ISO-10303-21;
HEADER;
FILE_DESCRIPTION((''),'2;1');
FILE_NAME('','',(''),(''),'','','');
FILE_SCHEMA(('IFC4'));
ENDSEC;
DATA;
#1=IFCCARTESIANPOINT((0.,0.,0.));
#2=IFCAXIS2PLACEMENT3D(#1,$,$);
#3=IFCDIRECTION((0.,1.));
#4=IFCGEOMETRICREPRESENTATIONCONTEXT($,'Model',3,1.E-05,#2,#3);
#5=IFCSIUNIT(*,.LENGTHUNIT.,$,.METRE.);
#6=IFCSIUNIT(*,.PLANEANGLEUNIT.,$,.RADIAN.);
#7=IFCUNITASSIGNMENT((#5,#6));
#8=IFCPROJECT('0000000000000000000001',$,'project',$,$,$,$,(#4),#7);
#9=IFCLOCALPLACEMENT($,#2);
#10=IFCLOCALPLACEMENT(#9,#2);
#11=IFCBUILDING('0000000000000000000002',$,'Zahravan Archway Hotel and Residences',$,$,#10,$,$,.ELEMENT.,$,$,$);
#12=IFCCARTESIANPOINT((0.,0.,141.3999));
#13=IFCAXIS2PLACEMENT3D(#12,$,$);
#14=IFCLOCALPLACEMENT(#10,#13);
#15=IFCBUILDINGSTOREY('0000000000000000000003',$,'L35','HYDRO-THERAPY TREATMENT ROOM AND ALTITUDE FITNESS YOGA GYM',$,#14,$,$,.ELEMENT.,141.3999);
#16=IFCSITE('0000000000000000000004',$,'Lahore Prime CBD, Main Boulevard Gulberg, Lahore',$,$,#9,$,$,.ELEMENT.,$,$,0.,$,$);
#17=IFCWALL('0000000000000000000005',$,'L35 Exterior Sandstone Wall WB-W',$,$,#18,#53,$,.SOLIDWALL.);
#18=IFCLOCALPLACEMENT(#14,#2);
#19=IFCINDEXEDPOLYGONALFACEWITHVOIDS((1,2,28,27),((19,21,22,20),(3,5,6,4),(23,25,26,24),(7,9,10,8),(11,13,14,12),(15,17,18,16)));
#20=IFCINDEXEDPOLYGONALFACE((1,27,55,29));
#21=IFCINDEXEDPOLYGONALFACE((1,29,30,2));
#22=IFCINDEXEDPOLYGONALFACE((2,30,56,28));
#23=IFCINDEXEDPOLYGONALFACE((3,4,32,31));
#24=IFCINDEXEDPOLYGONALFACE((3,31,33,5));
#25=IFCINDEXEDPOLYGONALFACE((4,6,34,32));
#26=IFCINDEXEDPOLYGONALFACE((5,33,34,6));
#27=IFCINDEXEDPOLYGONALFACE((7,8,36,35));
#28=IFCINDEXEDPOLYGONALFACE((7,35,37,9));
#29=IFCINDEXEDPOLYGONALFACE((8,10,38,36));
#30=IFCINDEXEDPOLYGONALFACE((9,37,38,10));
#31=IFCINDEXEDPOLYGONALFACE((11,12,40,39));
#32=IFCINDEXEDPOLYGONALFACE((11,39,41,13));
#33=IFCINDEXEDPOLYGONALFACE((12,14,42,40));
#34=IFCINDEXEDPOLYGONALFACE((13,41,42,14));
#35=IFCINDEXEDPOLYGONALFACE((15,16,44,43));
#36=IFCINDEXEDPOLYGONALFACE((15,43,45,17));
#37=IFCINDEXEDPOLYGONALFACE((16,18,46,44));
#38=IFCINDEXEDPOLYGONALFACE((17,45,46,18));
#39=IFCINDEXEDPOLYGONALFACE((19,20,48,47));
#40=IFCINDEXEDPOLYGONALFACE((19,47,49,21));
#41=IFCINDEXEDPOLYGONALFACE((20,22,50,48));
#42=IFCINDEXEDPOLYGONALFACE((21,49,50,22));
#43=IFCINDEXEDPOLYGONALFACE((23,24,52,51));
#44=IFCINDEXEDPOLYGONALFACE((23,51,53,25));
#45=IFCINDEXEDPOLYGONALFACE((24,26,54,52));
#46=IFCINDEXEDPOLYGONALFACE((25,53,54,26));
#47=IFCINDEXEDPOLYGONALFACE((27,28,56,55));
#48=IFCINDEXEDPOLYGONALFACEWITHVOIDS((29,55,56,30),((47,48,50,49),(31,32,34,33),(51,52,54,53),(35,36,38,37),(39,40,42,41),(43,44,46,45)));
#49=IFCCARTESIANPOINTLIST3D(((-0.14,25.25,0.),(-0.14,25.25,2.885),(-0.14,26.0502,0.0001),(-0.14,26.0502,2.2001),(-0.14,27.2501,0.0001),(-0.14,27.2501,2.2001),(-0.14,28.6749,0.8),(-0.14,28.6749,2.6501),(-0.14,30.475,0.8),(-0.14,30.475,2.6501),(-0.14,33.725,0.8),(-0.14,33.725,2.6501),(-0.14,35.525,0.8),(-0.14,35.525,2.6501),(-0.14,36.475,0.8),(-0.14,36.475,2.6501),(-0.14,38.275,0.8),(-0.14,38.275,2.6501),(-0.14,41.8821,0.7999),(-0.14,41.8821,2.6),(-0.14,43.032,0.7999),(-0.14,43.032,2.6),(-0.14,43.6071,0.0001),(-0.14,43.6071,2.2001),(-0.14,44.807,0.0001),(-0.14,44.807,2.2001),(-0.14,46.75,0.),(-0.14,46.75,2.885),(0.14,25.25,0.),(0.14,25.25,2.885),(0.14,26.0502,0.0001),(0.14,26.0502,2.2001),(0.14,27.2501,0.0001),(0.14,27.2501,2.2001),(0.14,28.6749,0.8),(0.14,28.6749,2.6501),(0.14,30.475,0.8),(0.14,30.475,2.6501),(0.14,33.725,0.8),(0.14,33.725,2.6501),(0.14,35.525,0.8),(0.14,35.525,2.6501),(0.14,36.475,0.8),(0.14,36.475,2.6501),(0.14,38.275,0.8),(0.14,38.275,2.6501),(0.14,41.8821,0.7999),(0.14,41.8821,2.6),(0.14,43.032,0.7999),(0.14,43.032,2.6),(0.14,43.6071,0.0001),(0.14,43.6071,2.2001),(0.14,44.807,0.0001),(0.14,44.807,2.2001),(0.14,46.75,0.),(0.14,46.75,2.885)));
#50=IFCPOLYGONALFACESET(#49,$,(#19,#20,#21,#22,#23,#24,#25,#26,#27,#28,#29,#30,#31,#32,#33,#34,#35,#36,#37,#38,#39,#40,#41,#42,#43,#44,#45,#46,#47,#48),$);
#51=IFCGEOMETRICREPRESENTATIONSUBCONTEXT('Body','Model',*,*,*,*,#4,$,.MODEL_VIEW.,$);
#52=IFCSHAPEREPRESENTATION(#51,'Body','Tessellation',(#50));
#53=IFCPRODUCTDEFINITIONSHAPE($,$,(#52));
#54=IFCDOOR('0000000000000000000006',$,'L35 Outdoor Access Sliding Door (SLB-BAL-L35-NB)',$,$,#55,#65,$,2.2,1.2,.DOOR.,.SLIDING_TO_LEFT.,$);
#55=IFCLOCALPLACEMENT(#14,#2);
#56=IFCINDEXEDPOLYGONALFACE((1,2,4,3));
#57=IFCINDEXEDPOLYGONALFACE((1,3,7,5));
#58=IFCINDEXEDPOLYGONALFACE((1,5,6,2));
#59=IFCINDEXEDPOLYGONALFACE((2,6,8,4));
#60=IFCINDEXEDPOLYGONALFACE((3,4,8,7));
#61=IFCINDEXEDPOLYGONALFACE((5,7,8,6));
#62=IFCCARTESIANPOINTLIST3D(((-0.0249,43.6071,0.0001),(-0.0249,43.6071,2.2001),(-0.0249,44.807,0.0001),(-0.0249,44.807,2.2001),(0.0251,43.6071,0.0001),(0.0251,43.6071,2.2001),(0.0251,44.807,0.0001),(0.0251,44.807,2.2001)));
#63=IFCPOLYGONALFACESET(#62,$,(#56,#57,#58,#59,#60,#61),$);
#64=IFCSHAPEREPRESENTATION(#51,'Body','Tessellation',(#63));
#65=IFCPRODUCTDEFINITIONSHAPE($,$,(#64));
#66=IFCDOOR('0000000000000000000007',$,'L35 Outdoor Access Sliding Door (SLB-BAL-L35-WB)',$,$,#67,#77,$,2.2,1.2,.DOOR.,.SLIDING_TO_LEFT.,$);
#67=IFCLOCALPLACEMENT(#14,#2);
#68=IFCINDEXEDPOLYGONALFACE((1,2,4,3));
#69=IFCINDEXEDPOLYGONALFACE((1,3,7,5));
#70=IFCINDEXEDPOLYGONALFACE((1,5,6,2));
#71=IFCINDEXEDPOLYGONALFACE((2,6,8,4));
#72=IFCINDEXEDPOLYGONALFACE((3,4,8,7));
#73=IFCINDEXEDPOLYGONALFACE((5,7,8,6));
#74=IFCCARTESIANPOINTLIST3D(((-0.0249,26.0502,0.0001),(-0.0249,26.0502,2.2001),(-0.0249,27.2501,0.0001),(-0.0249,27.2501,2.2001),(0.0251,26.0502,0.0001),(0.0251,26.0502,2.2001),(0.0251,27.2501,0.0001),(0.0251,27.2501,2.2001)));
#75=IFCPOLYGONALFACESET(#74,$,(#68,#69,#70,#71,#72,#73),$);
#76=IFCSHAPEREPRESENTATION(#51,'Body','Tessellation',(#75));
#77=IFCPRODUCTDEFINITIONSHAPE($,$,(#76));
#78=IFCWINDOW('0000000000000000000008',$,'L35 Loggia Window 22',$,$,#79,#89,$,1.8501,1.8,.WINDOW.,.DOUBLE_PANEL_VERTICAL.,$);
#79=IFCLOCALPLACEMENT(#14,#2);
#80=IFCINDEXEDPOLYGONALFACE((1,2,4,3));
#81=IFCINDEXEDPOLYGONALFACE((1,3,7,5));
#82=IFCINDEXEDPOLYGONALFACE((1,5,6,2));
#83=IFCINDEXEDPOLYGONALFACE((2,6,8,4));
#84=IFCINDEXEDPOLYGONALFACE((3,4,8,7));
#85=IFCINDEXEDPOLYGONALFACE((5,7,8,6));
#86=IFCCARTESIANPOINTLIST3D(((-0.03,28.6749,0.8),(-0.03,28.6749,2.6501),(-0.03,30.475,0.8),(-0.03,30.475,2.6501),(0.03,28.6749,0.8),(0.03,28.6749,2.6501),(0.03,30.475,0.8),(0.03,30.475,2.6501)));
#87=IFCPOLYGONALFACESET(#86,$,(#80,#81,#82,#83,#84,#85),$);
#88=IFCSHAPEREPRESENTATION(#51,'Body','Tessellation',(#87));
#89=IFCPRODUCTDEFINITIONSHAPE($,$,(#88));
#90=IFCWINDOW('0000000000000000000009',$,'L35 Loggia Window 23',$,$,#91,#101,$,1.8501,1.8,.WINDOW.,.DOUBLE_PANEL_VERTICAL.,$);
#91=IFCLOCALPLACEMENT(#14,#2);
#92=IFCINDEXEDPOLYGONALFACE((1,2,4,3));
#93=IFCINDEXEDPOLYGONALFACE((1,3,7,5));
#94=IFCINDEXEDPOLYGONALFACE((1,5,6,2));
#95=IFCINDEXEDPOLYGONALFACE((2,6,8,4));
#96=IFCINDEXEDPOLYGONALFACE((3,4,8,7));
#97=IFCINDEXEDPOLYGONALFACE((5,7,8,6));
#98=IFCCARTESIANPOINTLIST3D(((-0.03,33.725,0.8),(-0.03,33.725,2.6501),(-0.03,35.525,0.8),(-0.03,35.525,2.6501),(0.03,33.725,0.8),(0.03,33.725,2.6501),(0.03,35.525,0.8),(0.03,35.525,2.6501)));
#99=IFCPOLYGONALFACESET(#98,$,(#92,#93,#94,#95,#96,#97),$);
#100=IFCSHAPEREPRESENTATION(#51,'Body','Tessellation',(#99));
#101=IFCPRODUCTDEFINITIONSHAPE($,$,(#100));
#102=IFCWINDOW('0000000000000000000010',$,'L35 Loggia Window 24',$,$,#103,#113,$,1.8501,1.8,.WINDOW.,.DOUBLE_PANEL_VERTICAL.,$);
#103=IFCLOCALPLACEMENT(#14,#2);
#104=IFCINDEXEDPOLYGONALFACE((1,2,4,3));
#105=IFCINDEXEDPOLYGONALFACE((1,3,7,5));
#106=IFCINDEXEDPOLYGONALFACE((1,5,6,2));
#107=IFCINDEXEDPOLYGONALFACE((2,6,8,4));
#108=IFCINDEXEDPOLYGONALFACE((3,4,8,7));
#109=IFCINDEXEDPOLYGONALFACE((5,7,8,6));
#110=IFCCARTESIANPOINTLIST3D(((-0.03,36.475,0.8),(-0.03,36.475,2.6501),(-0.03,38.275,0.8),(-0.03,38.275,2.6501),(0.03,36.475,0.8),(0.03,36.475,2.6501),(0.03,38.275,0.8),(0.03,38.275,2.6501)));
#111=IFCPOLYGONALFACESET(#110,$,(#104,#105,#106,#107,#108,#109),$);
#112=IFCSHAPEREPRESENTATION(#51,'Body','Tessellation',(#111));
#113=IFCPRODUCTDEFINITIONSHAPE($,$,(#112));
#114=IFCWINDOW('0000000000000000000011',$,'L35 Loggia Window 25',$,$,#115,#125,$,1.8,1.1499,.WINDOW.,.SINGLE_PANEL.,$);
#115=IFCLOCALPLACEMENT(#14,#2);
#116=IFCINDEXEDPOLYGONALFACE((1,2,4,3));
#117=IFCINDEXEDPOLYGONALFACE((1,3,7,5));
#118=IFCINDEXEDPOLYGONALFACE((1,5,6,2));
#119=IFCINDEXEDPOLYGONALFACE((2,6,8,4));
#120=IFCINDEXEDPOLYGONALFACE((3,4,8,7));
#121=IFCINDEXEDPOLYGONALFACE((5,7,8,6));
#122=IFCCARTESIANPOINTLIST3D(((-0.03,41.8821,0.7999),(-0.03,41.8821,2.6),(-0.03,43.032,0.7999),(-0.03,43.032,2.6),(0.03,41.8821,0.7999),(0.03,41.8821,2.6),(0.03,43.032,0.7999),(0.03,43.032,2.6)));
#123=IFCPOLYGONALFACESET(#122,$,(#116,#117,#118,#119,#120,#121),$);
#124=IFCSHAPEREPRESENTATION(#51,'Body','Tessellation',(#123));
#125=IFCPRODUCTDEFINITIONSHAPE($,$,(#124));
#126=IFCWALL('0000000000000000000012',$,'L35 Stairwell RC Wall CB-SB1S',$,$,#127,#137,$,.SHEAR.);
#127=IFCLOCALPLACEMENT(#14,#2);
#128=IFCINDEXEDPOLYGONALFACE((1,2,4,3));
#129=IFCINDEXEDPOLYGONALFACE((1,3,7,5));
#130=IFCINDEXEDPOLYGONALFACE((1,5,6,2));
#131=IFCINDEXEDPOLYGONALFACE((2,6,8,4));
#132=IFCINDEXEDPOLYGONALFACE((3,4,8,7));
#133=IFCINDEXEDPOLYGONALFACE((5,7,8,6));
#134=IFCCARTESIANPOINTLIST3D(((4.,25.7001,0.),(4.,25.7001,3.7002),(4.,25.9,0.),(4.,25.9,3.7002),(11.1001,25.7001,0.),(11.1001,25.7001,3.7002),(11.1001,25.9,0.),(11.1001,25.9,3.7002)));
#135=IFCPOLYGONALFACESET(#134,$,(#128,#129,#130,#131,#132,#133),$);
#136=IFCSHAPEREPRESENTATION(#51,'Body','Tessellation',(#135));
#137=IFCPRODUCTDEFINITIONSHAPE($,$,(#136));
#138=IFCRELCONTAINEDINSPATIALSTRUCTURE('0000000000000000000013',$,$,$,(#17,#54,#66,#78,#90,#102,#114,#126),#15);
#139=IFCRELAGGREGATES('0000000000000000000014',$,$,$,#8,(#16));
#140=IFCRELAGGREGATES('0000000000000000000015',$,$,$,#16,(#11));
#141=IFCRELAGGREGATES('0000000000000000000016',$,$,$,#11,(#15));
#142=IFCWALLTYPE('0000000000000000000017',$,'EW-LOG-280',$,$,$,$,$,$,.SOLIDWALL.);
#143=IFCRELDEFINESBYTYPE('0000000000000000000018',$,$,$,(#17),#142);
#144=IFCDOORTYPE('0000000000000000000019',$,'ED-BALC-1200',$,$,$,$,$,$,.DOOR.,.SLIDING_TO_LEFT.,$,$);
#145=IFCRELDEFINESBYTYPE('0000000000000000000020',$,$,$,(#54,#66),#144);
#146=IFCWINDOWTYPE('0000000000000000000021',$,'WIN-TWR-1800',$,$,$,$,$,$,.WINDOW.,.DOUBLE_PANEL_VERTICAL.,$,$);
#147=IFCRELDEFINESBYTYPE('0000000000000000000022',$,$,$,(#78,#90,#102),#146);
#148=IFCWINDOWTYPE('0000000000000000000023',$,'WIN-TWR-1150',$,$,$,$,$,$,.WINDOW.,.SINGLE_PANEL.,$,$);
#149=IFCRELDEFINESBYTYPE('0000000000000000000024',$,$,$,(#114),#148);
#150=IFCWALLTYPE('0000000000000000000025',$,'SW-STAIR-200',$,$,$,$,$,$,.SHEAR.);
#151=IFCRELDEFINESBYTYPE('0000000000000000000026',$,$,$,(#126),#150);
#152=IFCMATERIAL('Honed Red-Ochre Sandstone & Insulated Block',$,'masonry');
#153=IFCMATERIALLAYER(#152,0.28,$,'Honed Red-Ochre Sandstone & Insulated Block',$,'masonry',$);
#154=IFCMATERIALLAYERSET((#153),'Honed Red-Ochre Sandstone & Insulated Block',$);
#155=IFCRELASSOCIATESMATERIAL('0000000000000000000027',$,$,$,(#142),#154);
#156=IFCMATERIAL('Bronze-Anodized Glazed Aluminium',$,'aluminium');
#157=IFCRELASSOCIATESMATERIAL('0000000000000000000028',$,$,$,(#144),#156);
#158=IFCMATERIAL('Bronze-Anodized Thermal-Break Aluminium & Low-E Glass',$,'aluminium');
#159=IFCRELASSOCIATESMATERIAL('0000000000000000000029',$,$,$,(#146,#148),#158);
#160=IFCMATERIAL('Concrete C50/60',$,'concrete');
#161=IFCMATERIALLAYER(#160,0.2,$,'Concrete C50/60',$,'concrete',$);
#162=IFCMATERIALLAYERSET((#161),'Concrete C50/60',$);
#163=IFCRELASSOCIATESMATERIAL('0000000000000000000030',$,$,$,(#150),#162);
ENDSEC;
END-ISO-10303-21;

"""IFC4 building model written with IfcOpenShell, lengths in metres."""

from ifc_helpers import new_model, si_unit, direction, frame, frame_2d, origin, place, context, subcontext, project, spatial, rectangle, extrude, source, transform, mapped, material, layer, layer_set, type_object, type_shapes, element, fill, save


model = new_model("IFC4")

# Units and contexts
model_context = context("Model", 3, precision=1e-05, world=origin(), true_north=direction((0.0, 1.0)))
body_context = subcontext(model_context, "Body", "Model", "MODEL_VIEW")
ifc_project = project(units=[si_unit("LENGTHUNIT", "METRE"), si_unit("PLANEANGLEUNIT", "RADIAN")], contexts=[model_context])

# Site, building, storey
site_placement = place(None, origin())
site = spatial("IfcSite", under=ifc_project, at=site_placement, Name="Lahore Prime CBD, Main Boulevard Gulberg, Lahore", CompositionType="ELEMENT", RefElevation=0.0)
building_placement = place(site_placement, origin())
building = spatial("IfcBuilding", under=site, at=building_placement, Name="Zahravan Archway Hotel and Residences", CompositionType="ELEMENT")
storey_placement = place(building_placement, frame((0.0, 0.0, 141.3999)))
storey = spatial("IfcBuildingStorey", under=building, at=storey_placement, Name="L35", Description="HYDRO-THERAPY TREATMENT ROOM AND ALTITUDE FITNESS YOGA GYM", CompositionType="ELEMENT", Elevation=141.3999)

# Shared definitions
ifc_material_1 = material(Name="Honed Red-Ochre Sandstone & Insulated Block", Category="masonry")
ifc_layer_1 = layer(ifc_material_1, 0.28, Name="Honed Red-Ochre Sandstone & Insulated Block", Category="masonry")
ifc_layer_set_1 = layer_set([ifc_layer_1], Name="Honed Red-Ochre Sandstone & Insulated Block")
wall_type_1 = type_object("IfcWallType", Name="EW-LOG-280", PredefinedType="SOLIDWALL", material=ifc_layer_set_1)
ifc_material_2 = material(Name="Bronze-Anodized Thermal-Break Aluminium & Low-E Glass", Category="aluminium")

# Wall, openings, doors, windows
wall_1_placement = place(storey_placement, frame((0.0, 25.25, 0.0), z_axis=(0.0, 0.0, 1.0), x_axis=(0.0, 1.0, 0.0)))
wall_1 = element("IfcWall", 1, at=wall_1_placement, inside=storey, type_object=wall_type_1, Name="L35 Exterior Sandstone Wall WB-W", PredefinedType="SOLIDWALL", context=body_context, shape_type="SweptSolid", body=[
    extrude(rectangle(XDim=21.5, YDim=0.28, at=frame_2d((10.75, 0.0))), origin(), (0.0, 0.0, 1.0), 2.885),
])
opening_1_placement = place(wall_1_placement, frame((18.3569, 0.0, 0.0)))
opening_1 = element("IfcOpeningElement", 2, at=opening_1_placement, cuts=wall_1, PredefinedType="OPENING", context=body_context, shape_type="SweptSolid", body=[
    extrude(rectangle(XDim=1.2, YDim=2.2, at=frame_2d((0.6001, 1.1001))), frame((0.0, 0.1499, 0.0), z_axis=(0.0, -1.0, 0.0), x_axis=(1.0, 0.0, 0.0)), (0.0, 0.0, 1.0), 0.3),
])
opening_2_placement = place(wall_1_placement, frame((0.8, 0.0, 0.0)))
opening_2 = element("IfcOpeningElement", 3, at=opening_2_placement, cuts=wall_1, PredefinedType="OPENING", context=body_context, shape_type="SweptSolid", body=[
    extrude(rectangle(XDim=1.2, YDim=2.2, at=frame_2d((0.6001, 1.1001))), frame((0.0, 0.1499, 0.0), z_axis=(0.0, -1.0, 0.0), x_axis=(1.0, 0.0, 0.0)), (0.0, 0.0, 1.0), 0.3),
])
opening_3_placement = place(wall_1_placement, frame((3.425, 0.0, 0.8)))
opening_3 = element("IfcOpeningElement", 4, at=opening_3_placement, cuts=wall_1, PredefinedType="OPENING", context=body_context, shape_type="SweptSolid", body=[
    extrude(rectangle(XDim=1.8, YDim=1.8501, at=frame_2d((0.8999, 0.925))), frame((0.0, 0.1499, 0.0), z_axis=(0.0, -1.0, 0.0), x_axis=(1.0, 0.0, 0.0)), (0.0, 0.0, 1.0), 0.3),
])
opening_4_placement = place(wall_1_placement, frame((8.4751, 0.0, 0.8)))
opening_4 = element("IfcOpeningElement", 5, at=opening_4_placement, cuts=wall_1, PredefinedType="OPENING", context=body_context, shape_type="SweptSolid", body=[
    extrude(rectangle(XDim=1.8, YDim=1.8501, at=frame_2d((0.8999, 0.925))), frame((0.0, 0.1499, 0.0), z_axis=(0.0, -1.0, 0.0), x_axis=(1.0, 0.0, 0.0)), (0.0, 0.0, 1.0), 0.3),
])
opening_5_placement = place(wall_1_placement, frame((11.2251, 0.0, 0.8)))
opening_5 = element("IfcOpeningElement", 6, at=opening_5_placement, cuts=wall_1, PredefinedType="OPENING", context=body_context, shape_type="SweptSolid", body=[
    extrude(rectangle(XDim=1.8, YDim=1.8501, at=frame_2d((0.8999, 0.925))), frame((0.0, 0.1499, 0.0), z_axis=(0.0, -1.0, 0.0), x_axis=(1.0, 0.0, 0.0)), (0.0, 0.0, 1.0), 0.3),
])
opening_6_placement = place(wall_1_placement, frame((16.6321, 0.0, 0.8)))
opening_6 = element("IfcOpeningElement", 7, at=opening_6_placement, cuts=wall_1, PredefinedType="OPENING", context=body_context, shape_type="SweptSolid", body=[
    extrude(rectangle(XDim=1.1499, YDim=1.8, at=frame_2d((0.575, 0.8999))), frame((0.0, 0.1499, 0.0), z_axis=(0.0, -1.0, 0.0), x_axis=(1.0, 0.0, 0.0)), (0.0, 0.0, 1.0), 0.3),
])
ifc_material_3 = material(Name="Bronze-Anodized Glazed Aluminium", Category="aluminium")
door_type_1 = type_object("IfcDoorType", Name="ED-BALC-1200", OperationType="SLIDING_TO_LEFT", PredefinedType="DOOR", material=ifc_material_3)
shared_shape_1 = source(origin(), body_context, "Body", "SweptSolid", [
    extrude(rectangle(XDim=1.2, YDim=2.2, at=frame_2d((0.6001, 1.1001))), frame((0.0, 0.0249, 0.0), z_axis=(0.0, -1.0, 0.0), x_axis=(1.0, 0.0, 0.0)), (0.0, 0.0, 1.0), 0.05),
])
type_shapes(door_type_1, [shared_shape_1])
door_1_placement = place(opening_1_placement, origin())
door_1 = element("IfcDoor", 8, at=door_1_placement, inside=storey, type_object=door_type_1, Name="L35 Outdoor Access Sliding Door (SLB-BAL-L35-NB)", OperationType="SLIDING_TO_LEFT", OverallHeight=2.2, OverallWidth=1.2, PredefinedType="DOOR", context=body_context, shape_type="MappedRepresentation", body=[
    mapped(shared_shape_1, transform((0.0, 0.0, 0.0), scale=1.0)),
])
fill(opening_1, door_1)
door_2_placement = place(opening_2_placement, origin())
door_2 = element("IfcDoor", 9, at=door_2_placement, inside=storey, type_object=door_type_1, Name="L35 Outdoor Access Sliding Door (SLB-BAL-L35-WB)", OperationType="SLIDING_TO_LEFT", OverallHeight=2.2, OverallWidth=1.2, PredefinedType="DOOR", context=body_context, shape_type="MappedRepresentation", body=[
    mapped(shared_shape_1, transform((0.0, 0.0, 0.0), scale=1.0)),
])
fill(opening_2, door_2)
window_type_1 = type_object("IfcWindowType", Name="WIN-TWR-1800", PartitioningType="DOUBLE_PANEL_VERTICAL", PredefinedType="WINDOW", material=ifc_material_2)
shared_shape_2 = source(origin(), body_context, "Body", "SweptSolid", [
    extrude(rectangle(XDim=1.8, YDim=1.8501, at=frame_2d((0.8999, 0.925))), frame((0.0, 0.03, 0.0), z_axis=(0.0, -1.0, 0.0), x_axis=(1.0, 0.0, 0.0)), (0.0, 0.0, 1.0), 0.0601),
])
type_shapes(window_type_1, [shared_shape_2])
window_1_placement = place(opening_3_placement, origin())
window_1 = element("IfcWindow", 10, at=window_1_placement, inside=storey, type_object=window_type_1, Name="L35 Loggia Window 22", OverallHeight=1.8501, OverallWidth=1.8, PartitioningType="DOUBLE_PANEL_VERTICAL", PredefinedType="WINDOW", context=body_context, shape_type="MappedRepresentation", body=[
    mapped(shared_shape_2, transform((0.0, 0.0, 0.0), scale=1.0)),
])
fill(opening_3, window_1)
window_2_placement = place(opening_4_placement, origin())
window_2 = element("IfcWindow", 11, at=window_2_placement, inside=storey, type_object=window_type_1, Name="L35 Loggia Window 23", OverallHeight=1.8501, OverallWidth=1.8, PartitioningType="DOUBLE_PANEL_VERTICAL", PredefinedType="WINDOW", context=body_context, shape_type="MappedRepresentation", body=[
    mapped(shared_shape_2, transform((0.0, 0.0, 0.0), scale=1.0)),
])
fill(opening_4, window_2)
window_3_placement = place(opening_5_placement, origin())
window_3 = element("IfcWindow", 12, at=window_3_placement, inside=storey, type_object=window_type_1, Name="L35 Loggia Window 24", OverallHeight=1.8501, OverallWidth=1.8, PartitioningType="DOUBLE_PANEL_VERTICAL", PredefinedType="WINDOW", context=body_context, shape_type="MappedRepresentation", body=[
    mapped(shared_shape_2, transform((0.0, 0.0, 0.0), scale=1.0)),
])
fill(opening_5, window_3)
window_type_2 = type_object("IfcWindowType", Name="WIN-TWR-1150", PartitioningType="SINGLE_PANEL", PredefinedType="WINDOW", material=ifc_material_2)
shared_shape_3 = source(origin(), body_context, "Body", "SweptSolid", [
    extrude(rectangle(XDim=1.1499, YDim=1.8, at=frame_2d((0.575, 0.8999))), frame((0.0, 0.03, 0.0), z_axis=(0.0, -1.0, 0.0), x_axis=(1.0, 0.0, 0.0)), (0.0, 0.0, 1.0), 0.0601),
])
type_shapes(window_type_2, [shared_shape_3])
window_4_placement = place(opening_6_placement, origin())
window_4 = element("IfcWindow", 13, at=window_4_placement, inside=storey, type_object=window_type_2, Name="L35 Loggia Window 25", OverallHeight=1.8, OverallWidth=1.1499, PartitioningType="SINGLE_PANEL", PredefinedType="WINDOW", context=body_context, shape_type="MappedRepresentation", body=[
    mapped(shared_shape_3, transform((0.0, 0.0, 0.0), scale=1.0)),
])
fill(opening_6, window_4)

# Wall
ifc_material_4 = material(Name="Concrete C50/60", Category="concrete")
ifc_layer_2 = layer(ifc_material_4, 0.2, Name="Concrete C50/60", Category="concrete")
ifc_layer_set_2 = layer_set([ifc_layer_2], Name="Concrete C50/60")
wall_type_2 = type_object("IfcWallType", Name="SW-STAIR-200", PredefinedType="SHEAR", material=ifc_layer_set_2)
wall_2_placement = place(storey_placement, frame((4.0, 25.8, 0.0), z_axis=(0.0, 0.0, 1.0), x_axis=(1.0, 0.0, 0.0)))
element("IfcWall", 14, at=wall_2_placement, inside=storey, type_object=wall_type_2, Name="L35 Stairwell RC Wall CB-SB1S", PredefinedType="SHEAR", context=body_context, shape_type="SweptSolid", body=[
    extrude(rectangle(XDim=7.1001, YDim=0.2, at=frame_2d((3.55, 0.0))), origin(), (0.0, 0.0, 1.0), 3.7002),
])

save(model, "model.ifc")
